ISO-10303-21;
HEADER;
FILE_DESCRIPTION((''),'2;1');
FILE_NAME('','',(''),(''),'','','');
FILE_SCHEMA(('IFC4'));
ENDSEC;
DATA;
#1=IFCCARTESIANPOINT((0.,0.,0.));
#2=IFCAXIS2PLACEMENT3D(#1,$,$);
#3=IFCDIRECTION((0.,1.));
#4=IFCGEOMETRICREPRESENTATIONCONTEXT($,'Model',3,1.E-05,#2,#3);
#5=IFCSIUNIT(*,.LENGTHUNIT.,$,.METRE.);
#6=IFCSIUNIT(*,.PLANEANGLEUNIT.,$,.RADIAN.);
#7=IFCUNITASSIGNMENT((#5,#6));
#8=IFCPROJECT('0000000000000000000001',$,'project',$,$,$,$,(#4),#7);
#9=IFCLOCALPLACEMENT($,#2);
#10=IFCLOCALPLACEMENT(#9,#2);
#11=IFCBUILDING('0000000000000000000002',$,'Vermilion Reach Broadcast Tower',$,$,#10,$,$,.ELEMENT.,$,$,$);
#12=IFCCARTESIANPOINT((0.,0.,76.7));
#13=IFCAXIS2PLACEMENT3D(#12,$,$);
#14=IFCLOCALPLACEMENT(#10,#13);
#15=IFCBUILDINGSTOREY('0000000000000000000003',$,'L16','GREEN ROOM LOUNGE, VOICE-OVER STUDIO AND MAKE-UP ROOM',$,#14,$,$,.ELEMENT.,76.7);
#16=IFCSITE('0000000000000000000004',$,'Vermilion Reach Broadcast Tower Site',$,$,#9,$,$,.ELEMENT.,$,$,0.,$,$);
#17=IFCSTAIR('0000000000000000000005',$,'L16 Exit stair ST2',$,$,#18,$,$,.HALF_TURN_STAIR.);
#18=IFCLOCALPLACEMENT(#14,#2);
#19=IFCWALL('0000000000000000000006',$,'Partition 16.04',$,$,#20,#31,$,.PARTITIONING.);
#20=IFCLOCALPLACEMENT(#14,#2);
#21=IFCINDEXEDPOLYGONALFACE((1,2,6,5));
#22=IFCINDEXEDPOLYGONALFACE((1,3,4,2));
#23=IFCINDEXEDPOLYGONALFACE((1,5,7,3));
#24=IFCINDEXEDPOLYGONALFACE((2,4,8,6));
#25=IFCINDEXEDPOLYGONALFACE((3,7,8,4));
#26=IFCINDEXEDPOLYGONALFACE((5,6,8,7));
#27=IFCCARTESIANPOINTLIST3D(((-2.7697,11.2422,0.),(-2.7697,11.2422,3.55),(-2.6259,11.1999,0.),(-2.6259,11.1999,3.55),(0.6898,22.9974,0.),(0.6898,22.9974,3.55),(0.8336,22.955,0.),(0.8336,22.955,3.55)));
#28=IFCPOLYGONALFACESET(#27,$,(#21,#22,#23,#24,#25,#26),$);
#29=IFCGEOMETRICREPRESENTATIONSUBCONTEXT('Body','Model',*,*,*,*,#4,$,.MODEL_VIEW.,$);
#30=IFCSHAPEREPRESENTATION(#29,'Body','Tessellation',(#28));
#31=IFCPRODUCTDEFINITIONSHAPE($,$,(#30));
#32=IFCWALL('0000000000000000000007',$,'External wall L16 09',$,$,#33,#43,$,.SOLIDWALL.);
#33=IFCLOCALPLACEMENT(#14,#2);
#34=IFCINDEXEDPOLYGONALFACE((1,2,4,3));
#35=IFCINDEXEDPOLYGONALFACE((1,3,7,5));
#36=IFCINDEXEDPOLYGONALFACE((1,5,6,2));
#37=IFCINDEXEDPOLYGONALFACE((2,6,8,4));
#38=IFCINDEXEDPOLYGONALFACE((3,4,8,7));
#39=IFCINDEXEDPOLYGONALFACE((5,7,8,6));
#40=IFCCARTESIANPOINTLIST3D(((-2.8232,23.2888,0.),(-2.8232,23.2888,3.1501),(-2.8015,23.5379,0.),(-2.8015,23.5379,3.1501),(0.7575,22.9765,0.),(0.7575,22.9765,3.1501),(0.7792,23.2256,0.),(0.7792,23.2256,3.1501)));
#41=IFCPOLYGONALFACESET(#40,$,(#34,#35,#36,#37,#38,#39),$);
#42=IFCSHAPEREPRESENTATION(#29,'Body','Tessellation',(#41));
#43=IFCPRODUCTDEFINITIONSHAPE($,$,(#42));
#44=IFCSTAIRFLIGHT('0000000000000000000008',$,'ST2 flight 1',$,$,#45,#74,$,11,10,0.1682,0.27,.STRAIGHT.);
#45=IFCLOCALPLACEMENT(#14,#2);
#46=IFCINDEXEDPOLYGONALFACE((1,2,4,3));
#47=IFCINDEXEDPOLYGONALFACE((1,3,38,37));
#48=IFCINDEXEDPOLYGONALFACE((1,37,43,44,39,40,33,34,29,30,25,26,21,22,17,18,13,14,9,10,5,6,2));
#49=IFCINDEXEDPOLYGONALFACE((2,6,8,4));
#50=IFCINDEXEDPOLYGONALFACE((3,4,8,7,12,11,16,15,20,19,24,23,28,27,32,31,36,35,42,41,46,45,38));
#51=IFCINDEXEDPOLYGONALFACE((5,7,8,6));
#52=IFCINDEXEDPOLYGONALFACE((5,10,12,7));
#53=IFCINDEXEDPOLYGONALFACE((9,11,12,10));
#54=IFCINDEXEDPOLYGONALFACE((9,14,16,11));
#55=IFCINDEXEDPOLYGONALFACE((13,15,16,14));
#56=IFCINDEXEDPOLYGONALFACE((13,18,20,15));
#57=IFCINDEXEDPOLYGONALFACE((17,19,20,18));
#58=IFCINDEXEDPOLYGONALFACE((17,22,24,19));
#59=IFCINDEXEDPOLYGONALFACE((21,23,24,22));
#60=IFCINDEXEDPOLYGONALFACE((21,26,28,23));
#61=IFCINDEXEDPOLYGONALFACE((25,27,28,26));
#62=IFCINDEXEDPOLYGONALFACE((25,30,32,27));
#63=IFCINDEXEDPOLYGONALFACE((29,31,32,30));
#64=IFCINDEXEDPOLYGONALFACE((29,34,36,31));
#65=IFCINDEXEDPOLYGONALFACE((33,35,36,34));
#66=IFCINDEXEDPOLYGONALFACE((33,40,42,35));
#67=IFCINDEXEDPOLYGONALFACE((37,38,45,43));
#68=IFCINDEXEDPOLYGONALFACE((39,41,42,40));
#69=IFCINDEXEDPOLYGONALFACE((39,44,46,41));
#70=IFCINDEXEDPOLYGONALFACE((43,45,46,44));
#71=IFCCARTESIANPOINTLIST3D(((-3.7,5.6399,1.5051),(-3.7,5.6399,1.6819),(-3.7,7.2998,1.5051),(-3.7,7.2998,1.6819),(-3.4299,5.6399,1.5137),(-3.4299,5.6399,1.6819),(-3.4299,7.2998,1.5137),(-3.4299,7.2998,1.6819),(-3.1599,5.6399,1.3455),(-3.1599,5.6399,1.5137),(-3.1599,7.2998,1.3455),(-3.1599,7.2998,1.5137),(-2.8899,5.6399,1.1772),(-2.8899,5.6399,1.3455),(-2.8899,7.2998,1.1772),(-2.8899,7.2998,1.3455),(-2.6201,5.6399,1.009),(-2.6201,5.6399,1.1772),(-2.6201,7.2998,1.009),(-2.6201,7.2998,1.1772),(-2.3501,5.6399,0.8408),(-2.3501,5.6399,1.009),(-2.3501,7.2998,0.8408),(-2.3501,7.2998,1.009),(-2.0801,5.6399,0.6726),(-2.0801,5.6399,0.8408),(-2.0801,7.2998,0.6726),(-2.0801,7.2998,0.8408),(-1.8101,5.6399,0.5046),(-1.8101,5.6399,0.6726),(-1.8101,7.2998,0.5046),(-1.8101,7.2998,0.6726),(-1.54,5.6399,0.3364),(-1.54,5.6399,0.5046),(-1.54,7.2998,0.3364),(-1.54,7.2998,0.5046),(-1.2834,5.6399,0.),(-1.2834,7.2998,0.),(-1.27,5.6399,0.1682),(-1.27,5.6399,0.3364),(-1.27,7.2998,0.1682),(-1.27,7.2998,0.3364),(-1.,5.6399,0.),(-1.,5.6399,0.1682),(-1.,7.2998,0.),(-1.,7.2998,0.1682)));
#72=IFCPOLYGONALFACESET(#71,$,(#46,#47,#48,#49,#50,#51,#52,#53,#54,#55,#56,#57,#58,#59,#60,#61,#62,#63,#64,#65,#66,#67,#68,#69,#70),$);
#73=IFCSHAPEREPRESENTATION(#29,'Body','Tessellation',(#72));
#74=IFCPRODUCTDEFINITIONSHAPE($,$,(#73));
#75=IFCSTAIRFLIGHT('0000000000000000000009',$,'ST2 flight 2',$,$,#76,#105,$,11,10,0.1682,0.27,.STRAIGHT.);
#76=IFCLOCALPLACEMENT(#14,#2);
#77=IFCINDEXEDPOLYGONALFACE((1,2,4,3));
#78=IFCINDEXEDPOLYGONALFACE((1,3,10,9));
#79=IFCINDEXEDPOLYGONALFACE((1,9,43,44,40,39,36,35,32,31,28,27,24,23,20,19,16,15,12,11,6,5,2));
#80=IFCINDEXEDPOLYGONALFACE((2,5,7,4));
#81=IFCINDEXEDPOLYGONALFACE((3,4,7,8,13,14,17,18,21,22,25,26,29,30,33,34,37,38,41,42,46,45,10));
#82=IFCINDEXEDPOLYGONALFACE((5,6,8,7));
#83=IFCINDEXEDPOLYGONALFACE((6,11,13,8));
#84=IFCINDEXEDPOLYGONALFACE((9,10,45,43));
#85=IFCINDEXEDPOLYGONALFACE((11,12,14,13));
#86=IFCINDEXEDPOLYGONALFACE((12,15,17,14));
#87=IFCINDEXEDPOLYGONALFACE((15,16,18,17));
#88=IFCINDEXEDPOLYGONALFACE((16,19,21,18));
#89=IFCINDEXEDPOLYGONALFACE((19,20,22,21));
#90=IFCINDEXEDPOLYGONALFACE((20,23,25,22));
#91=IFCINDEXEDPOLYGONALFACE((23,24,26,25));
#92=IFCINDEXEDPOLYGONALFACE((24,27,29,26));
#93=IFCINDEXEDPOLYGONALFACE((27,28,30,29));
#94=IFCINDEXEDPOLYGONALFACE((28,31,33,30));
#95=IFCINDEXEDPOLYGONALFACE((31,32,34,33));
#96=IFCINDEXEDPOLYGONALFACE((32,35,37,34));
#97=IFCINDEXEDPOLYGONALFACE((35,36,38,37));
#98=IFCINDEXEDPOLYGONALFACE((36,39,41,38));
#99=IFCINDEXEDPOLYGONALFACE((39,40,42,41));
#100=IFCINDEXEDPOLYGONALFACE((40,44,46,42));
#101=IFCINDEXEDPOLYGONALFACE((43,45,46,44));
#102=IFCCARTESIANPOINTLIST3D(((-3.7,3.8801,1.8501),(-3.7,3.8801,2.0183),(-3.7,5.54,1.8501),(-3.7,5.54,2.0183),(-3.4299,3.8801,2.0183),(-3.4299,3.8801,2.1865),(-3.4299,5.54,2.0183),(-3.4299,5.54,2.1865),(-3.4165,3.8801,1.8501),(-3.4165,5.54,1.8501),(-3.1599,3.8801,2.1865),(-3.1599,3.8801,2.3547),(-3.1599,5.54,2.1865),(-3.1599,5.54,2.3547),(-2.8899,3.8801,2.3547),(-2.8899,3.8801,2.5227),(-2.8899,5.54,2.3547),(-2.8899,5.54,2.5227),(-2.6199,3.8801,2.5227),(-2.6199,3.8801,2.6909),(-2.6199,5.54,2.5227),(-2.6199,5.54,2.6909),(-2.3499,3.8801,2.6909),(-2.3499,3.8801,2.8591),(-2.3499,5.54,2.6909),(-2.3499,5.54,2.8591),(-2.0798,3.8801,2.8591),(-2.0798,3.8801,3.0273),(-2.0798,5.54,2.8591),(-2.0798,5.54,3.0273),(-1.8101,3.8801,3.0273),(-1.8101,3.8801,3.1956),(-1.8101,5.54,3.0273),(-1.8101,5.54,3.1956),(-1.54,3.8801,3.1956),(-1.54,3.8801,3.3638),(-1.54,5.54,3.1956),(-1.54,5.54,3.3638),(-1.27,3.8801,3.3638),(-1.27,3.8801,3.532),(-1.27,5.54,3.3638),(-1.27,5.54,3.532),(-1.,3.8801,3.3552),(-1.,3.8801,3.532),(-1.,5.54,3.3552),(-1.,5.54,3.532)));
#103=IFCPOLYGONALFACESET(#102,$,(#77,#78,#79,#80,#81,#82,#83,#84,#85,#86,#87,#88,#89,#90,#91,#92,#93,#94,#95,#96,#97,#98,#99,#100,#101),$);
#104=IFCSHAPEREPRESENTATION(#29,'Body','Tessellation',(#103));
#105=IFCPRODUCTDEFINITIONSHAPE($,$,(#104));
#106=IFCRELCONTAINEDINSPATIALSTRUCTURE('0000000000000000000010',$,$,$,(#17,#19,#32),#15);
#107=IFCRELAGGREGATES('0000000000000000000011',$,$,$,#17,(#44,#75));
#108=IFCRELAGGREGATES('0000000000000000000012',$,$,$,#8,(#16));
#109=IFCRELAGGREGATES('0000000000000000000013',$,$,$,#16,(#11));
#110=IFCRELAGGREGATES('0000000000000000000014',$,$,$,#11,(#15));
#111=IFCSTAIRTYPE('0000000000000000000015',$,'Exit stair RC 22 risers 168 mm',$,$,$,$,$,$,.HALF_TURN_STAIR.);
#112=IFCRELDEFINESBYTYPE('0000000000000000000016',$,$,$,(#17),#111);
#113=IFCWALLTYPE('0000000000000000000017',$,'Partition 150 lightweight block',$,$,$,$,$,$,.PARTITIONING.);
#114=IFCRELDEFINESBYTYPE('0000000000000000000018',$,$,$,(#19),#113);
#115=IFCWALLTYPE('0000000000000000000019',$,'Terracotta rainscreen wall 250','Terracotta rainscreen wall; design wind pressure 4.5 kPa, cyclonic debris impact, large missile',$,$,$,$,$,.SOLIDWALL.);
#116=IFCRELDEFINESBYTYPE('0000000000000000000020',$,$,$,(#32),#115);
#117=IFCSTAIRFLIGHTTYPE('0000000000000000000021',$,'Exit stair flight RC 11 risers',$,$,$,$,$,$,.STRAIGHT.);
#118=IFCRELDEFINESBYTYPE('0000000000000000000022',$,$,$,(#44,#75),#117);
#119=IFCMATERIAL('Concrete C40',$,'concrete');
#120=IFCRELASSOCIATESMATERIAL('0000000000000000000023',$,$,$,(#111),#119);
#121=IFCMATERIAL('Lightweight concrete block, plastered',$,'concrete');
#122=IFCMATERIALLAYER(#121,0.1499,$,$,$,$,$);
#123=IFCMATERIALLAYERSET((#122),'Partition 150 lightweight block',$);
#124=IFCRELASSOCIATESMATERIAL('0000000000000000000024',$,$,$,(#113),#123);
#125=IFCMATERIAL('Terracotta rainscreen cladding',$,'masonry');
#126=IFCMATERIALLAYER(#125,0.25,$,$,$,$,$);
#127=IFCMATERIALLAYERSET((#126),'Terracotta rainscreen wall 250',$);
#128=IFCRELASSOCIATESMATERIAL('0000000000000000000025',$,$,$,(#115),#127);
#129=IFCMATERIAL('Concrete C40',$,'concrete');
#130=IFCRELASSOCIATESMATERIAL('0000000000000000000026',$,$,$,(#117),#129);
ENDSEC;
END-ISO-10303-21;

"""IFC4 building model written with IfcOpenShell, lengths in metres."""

from ifc_helpers import new_model, si_unit, direction, frame, frame_2d, origin, place, context, subcontext, project, spatial, polyline, rectangle, outline, extrude, material, layer, layer_set, type_object, element, aggregate, save


model = new_model("IFC4")

# Units and contexts
model_context = context("Model", 3, precision=1e-05, world=origin(), true_north=direction((0.0, 1.0)))
body_context = subcontext(model_context, "Body", "Model", "MODEL_VIEW")
ifc_project = project(units=[si_unit("LENGTHUNIT", "METRE"), si_unit("PLANEANGLEUNIT", "RADIAN")], contexts=[model_context])

# Site, building, storey
site_placement = place(None, origin())
site = spatial("IfcSite", under=ifc_project, at=site_placement, Name="Vermilion Reach Broadcast Tower Site", CompositionType="ELEMENT", RefElevation=0.0)
building_placement = place(site_placement, origin())
building = spatial("IfcBuilding", under=site, at=building_placement, Name="Vermilion Reach Broadcast Tower", CompositionType="ELEMENT")
storey_placement = place(building_placement, frame((0.0, 0.0, 76.7)))
storey = spatial("IfcBuildingStorey", under=building, at=storey_placement, Name="L16", Description="GREEN ROOM LOUNGE, VOICE-OVER STUDIO AND MAKE-UP ROOM", CompositionType="ELEMENT", Elevation=76.7)

# Shared definitions
placement_1 = place(storey_placement, origin())

# Stair
ifc_material_1 = material(Name="Concrete C40", Category="concrete")
stair_type = type_object("IfcStairType", Name="Exit stair RC 22 risers 168 mm", PredefinedType="HALF_TURN_STAIR", material=ifc_material_1)
stair_1 = element("IfcStair", 1, at=placement_1, inside=storey, type_object=stair_type, Name="L16 Exit stair ST2", PredefinedType="HALF_TURN_STAIR")

# Wall
ifc_material_2 = material(Name="Lightweight concrete block, plastered", Category="concrete")
ifc_layer_1 = layer(ifc_material_2, 0.1499)
ifc_layer_set_1 = layer_set([ifc_layer_1], Name="Partition 150 lightweight block")
wall_type_1 = type_object("IfcWallType", Name="Partition 150 lightweight block", PredefinedType="PARTITIONING", material=ifc_layer_set_1)
wall_1_placement = place(storey_placement, frame((0.7617, 22.9763, 0.0), z_axis=(0.0, 0.0, 1.0), x_axis=(-0.282323, -0.959319, 0.0)))
element("IfcWall", 2, at=wall_1_placement, inside=storey, type_object=wall_type_1, Name="Partition 16.04", PredefinedType="PARTITIONING", context=body_context, shape_type="SweptSolid", body=[
    extrude(rectangle(XDim=12.2537, YDim=0.1499, at=frame_2d((6.127, 0.0))), origin(), (0.0, 0.0, 1.0), 3.55),
])

# Shared definitions
ifc_material_3 = material(Name="Terracotta rainscreen cladding", Category="masonry")
ifc_layer_2 = layer(ifc_material_3, 0.25)
ifc_layer_set_2 = layer_set([ifc_layer_2], Name="Terracotta rainscreen wall 250")
wall_type_2 = type_object("IfcWallType", Name="Terracotta rainscreen wall 250", Description="Terracotta rainscreen wall; design wind pressure 4.5 kPa, cyclonic debris impact, large missile", PredefinedType="SOLIDWALL", material=ifc_layer_set_2)

# Wall
wall_2_placement = place(storey_placement, frame((0.7683, 23.1011, 0.0), z_axis=(0.0, 0.0, 1.0), x_axis=(-0.996219, 0.086879, 0.0)))
element("IfcWall", 3, at=wall_2_placement, inside=storey, type_object=wall_type_2, Name="External wall L16 09", PredefinedType="SOLIDWALL", context=body_context, shape_type="SweptSolid", body=[
    extrude(rectangle(XDim=3.5942, YDim=0.25, at=frame_2d((1.7971, 0.0))), origin(), (0.0, 0.0, 1.0), 3.1501),
])

# Stair flights
ifc_material_4 = material(Name="Concrete C40", Category="concrete")
stair_flight_type = type_object("IfcStairFlightType", Name="Exit stair flight RC 11 risers", PredefinedType="STRAIGHT", material=ifc_material_4)
stair_flight_1_placement = place(storey_placement, frame((-1.0, 6.47, 0.0), z_axis=(0.0, 0.0, 1.0), x_axis=(-1.0, 0.0, 0.0)))
stair_flight_1 = element("IfcStairFlight", 4, at=stair_flight_1_placement, type_object=stair_flight_type, Name="ST2 flight 1", NumberOfRisers=11, NumberOfTreads=10, PredefinedType="STRAIGHT", RiserHeight=0.1682, TreadLength=0.27, context=body_context, shape_type="SweptSolid", body=[
    extrude(outline(polyline([(0.0, 0.0), (0.0, 0.1682), (0.27, 0.1682), (0.27, 0.3364), (0.54, 0.3364), (0.54, 0.5046), (0.8101, 0.5046), (0.8101, 0.6726), (1.0801, 0.6726), (1.0801, 0.8408), (1.3501, 0.8408), (1.3501, 1.009), (1.6201, 1.009), (1.6201, 1.1772), (1.8899, 1.1772), (1.8899, 1.3455), (2.1599, 1.3455), (2.1599, 1.5137), (2.4299, 1.5137), (2.4299, 1.6819), (2.7, 1.6819), (2.7, 1.8501), (2.7, 1.5051), (0.2834, 0.0), (0.0, 0.0)])), frame((0.0, 0.8301, 0.0), z_axis=(0.0, -1.0, 0.0), x_axis=(1.0, 0.0, 0.0)), (0.0, 0.0, 1.0), 1.6599),
])
stair_flight_2_placement = place(storey_placement, frame((-3.7, 4.71, 1.8501), z_axis=(0.0, 0.0, 1.0), x_axis=(1.0, 0.0, 0.0)))
stair_flight_2 = element("IfcStairFlight", 5, at=stair_flight_2_placement, type_object=stair_flight_type, Name="ST2 flight 2", NumberOfRisers=11, NumberOfTreads=10, PredefinedType="STRAIGHT", RiserHeight=0.1682, TreadLength=0.27, context=body_context, shape_type="SweptSolid", body=[
    extrude(outline(polyline([(0.0, 0.0), (0.0, 0.1682), (0.27, 0.1682), (0.27, 0.3364), (0.54, 0.3364), (0.54, 0.5046), (0.8101, 0.5046), (0.8101, 0.6726), (1.0801, 0.6726), (1.0801, 0.8408), (1.3501, 0.8408), (1.3501, 1.009), (1.6201, 1.009), (1.6201, 1.1772), (1.8899, 1.1772), (1.8899, 1.3455), (2.1599, 1.3455), (2.1599, 1.5137), (2.4299, 1.5137), (2.4299, 1.6819), (2.7, 1.6819), (2.7, 1.8501), (2.7, 1.5051), (0.2834, 0.0), (0.0, 0.0)])), frame((0.0, 0.8301, 0.0), z_axis=(0.0, -1.0, 0.0), x_axis=(1.0, 0.0, 0.0)), (0.0, 0.0, 1.0), 1.6599),
])
aggregate(stair_1, [stair_flight_1, stair_flight_2])

save(model, "model.ifc")
